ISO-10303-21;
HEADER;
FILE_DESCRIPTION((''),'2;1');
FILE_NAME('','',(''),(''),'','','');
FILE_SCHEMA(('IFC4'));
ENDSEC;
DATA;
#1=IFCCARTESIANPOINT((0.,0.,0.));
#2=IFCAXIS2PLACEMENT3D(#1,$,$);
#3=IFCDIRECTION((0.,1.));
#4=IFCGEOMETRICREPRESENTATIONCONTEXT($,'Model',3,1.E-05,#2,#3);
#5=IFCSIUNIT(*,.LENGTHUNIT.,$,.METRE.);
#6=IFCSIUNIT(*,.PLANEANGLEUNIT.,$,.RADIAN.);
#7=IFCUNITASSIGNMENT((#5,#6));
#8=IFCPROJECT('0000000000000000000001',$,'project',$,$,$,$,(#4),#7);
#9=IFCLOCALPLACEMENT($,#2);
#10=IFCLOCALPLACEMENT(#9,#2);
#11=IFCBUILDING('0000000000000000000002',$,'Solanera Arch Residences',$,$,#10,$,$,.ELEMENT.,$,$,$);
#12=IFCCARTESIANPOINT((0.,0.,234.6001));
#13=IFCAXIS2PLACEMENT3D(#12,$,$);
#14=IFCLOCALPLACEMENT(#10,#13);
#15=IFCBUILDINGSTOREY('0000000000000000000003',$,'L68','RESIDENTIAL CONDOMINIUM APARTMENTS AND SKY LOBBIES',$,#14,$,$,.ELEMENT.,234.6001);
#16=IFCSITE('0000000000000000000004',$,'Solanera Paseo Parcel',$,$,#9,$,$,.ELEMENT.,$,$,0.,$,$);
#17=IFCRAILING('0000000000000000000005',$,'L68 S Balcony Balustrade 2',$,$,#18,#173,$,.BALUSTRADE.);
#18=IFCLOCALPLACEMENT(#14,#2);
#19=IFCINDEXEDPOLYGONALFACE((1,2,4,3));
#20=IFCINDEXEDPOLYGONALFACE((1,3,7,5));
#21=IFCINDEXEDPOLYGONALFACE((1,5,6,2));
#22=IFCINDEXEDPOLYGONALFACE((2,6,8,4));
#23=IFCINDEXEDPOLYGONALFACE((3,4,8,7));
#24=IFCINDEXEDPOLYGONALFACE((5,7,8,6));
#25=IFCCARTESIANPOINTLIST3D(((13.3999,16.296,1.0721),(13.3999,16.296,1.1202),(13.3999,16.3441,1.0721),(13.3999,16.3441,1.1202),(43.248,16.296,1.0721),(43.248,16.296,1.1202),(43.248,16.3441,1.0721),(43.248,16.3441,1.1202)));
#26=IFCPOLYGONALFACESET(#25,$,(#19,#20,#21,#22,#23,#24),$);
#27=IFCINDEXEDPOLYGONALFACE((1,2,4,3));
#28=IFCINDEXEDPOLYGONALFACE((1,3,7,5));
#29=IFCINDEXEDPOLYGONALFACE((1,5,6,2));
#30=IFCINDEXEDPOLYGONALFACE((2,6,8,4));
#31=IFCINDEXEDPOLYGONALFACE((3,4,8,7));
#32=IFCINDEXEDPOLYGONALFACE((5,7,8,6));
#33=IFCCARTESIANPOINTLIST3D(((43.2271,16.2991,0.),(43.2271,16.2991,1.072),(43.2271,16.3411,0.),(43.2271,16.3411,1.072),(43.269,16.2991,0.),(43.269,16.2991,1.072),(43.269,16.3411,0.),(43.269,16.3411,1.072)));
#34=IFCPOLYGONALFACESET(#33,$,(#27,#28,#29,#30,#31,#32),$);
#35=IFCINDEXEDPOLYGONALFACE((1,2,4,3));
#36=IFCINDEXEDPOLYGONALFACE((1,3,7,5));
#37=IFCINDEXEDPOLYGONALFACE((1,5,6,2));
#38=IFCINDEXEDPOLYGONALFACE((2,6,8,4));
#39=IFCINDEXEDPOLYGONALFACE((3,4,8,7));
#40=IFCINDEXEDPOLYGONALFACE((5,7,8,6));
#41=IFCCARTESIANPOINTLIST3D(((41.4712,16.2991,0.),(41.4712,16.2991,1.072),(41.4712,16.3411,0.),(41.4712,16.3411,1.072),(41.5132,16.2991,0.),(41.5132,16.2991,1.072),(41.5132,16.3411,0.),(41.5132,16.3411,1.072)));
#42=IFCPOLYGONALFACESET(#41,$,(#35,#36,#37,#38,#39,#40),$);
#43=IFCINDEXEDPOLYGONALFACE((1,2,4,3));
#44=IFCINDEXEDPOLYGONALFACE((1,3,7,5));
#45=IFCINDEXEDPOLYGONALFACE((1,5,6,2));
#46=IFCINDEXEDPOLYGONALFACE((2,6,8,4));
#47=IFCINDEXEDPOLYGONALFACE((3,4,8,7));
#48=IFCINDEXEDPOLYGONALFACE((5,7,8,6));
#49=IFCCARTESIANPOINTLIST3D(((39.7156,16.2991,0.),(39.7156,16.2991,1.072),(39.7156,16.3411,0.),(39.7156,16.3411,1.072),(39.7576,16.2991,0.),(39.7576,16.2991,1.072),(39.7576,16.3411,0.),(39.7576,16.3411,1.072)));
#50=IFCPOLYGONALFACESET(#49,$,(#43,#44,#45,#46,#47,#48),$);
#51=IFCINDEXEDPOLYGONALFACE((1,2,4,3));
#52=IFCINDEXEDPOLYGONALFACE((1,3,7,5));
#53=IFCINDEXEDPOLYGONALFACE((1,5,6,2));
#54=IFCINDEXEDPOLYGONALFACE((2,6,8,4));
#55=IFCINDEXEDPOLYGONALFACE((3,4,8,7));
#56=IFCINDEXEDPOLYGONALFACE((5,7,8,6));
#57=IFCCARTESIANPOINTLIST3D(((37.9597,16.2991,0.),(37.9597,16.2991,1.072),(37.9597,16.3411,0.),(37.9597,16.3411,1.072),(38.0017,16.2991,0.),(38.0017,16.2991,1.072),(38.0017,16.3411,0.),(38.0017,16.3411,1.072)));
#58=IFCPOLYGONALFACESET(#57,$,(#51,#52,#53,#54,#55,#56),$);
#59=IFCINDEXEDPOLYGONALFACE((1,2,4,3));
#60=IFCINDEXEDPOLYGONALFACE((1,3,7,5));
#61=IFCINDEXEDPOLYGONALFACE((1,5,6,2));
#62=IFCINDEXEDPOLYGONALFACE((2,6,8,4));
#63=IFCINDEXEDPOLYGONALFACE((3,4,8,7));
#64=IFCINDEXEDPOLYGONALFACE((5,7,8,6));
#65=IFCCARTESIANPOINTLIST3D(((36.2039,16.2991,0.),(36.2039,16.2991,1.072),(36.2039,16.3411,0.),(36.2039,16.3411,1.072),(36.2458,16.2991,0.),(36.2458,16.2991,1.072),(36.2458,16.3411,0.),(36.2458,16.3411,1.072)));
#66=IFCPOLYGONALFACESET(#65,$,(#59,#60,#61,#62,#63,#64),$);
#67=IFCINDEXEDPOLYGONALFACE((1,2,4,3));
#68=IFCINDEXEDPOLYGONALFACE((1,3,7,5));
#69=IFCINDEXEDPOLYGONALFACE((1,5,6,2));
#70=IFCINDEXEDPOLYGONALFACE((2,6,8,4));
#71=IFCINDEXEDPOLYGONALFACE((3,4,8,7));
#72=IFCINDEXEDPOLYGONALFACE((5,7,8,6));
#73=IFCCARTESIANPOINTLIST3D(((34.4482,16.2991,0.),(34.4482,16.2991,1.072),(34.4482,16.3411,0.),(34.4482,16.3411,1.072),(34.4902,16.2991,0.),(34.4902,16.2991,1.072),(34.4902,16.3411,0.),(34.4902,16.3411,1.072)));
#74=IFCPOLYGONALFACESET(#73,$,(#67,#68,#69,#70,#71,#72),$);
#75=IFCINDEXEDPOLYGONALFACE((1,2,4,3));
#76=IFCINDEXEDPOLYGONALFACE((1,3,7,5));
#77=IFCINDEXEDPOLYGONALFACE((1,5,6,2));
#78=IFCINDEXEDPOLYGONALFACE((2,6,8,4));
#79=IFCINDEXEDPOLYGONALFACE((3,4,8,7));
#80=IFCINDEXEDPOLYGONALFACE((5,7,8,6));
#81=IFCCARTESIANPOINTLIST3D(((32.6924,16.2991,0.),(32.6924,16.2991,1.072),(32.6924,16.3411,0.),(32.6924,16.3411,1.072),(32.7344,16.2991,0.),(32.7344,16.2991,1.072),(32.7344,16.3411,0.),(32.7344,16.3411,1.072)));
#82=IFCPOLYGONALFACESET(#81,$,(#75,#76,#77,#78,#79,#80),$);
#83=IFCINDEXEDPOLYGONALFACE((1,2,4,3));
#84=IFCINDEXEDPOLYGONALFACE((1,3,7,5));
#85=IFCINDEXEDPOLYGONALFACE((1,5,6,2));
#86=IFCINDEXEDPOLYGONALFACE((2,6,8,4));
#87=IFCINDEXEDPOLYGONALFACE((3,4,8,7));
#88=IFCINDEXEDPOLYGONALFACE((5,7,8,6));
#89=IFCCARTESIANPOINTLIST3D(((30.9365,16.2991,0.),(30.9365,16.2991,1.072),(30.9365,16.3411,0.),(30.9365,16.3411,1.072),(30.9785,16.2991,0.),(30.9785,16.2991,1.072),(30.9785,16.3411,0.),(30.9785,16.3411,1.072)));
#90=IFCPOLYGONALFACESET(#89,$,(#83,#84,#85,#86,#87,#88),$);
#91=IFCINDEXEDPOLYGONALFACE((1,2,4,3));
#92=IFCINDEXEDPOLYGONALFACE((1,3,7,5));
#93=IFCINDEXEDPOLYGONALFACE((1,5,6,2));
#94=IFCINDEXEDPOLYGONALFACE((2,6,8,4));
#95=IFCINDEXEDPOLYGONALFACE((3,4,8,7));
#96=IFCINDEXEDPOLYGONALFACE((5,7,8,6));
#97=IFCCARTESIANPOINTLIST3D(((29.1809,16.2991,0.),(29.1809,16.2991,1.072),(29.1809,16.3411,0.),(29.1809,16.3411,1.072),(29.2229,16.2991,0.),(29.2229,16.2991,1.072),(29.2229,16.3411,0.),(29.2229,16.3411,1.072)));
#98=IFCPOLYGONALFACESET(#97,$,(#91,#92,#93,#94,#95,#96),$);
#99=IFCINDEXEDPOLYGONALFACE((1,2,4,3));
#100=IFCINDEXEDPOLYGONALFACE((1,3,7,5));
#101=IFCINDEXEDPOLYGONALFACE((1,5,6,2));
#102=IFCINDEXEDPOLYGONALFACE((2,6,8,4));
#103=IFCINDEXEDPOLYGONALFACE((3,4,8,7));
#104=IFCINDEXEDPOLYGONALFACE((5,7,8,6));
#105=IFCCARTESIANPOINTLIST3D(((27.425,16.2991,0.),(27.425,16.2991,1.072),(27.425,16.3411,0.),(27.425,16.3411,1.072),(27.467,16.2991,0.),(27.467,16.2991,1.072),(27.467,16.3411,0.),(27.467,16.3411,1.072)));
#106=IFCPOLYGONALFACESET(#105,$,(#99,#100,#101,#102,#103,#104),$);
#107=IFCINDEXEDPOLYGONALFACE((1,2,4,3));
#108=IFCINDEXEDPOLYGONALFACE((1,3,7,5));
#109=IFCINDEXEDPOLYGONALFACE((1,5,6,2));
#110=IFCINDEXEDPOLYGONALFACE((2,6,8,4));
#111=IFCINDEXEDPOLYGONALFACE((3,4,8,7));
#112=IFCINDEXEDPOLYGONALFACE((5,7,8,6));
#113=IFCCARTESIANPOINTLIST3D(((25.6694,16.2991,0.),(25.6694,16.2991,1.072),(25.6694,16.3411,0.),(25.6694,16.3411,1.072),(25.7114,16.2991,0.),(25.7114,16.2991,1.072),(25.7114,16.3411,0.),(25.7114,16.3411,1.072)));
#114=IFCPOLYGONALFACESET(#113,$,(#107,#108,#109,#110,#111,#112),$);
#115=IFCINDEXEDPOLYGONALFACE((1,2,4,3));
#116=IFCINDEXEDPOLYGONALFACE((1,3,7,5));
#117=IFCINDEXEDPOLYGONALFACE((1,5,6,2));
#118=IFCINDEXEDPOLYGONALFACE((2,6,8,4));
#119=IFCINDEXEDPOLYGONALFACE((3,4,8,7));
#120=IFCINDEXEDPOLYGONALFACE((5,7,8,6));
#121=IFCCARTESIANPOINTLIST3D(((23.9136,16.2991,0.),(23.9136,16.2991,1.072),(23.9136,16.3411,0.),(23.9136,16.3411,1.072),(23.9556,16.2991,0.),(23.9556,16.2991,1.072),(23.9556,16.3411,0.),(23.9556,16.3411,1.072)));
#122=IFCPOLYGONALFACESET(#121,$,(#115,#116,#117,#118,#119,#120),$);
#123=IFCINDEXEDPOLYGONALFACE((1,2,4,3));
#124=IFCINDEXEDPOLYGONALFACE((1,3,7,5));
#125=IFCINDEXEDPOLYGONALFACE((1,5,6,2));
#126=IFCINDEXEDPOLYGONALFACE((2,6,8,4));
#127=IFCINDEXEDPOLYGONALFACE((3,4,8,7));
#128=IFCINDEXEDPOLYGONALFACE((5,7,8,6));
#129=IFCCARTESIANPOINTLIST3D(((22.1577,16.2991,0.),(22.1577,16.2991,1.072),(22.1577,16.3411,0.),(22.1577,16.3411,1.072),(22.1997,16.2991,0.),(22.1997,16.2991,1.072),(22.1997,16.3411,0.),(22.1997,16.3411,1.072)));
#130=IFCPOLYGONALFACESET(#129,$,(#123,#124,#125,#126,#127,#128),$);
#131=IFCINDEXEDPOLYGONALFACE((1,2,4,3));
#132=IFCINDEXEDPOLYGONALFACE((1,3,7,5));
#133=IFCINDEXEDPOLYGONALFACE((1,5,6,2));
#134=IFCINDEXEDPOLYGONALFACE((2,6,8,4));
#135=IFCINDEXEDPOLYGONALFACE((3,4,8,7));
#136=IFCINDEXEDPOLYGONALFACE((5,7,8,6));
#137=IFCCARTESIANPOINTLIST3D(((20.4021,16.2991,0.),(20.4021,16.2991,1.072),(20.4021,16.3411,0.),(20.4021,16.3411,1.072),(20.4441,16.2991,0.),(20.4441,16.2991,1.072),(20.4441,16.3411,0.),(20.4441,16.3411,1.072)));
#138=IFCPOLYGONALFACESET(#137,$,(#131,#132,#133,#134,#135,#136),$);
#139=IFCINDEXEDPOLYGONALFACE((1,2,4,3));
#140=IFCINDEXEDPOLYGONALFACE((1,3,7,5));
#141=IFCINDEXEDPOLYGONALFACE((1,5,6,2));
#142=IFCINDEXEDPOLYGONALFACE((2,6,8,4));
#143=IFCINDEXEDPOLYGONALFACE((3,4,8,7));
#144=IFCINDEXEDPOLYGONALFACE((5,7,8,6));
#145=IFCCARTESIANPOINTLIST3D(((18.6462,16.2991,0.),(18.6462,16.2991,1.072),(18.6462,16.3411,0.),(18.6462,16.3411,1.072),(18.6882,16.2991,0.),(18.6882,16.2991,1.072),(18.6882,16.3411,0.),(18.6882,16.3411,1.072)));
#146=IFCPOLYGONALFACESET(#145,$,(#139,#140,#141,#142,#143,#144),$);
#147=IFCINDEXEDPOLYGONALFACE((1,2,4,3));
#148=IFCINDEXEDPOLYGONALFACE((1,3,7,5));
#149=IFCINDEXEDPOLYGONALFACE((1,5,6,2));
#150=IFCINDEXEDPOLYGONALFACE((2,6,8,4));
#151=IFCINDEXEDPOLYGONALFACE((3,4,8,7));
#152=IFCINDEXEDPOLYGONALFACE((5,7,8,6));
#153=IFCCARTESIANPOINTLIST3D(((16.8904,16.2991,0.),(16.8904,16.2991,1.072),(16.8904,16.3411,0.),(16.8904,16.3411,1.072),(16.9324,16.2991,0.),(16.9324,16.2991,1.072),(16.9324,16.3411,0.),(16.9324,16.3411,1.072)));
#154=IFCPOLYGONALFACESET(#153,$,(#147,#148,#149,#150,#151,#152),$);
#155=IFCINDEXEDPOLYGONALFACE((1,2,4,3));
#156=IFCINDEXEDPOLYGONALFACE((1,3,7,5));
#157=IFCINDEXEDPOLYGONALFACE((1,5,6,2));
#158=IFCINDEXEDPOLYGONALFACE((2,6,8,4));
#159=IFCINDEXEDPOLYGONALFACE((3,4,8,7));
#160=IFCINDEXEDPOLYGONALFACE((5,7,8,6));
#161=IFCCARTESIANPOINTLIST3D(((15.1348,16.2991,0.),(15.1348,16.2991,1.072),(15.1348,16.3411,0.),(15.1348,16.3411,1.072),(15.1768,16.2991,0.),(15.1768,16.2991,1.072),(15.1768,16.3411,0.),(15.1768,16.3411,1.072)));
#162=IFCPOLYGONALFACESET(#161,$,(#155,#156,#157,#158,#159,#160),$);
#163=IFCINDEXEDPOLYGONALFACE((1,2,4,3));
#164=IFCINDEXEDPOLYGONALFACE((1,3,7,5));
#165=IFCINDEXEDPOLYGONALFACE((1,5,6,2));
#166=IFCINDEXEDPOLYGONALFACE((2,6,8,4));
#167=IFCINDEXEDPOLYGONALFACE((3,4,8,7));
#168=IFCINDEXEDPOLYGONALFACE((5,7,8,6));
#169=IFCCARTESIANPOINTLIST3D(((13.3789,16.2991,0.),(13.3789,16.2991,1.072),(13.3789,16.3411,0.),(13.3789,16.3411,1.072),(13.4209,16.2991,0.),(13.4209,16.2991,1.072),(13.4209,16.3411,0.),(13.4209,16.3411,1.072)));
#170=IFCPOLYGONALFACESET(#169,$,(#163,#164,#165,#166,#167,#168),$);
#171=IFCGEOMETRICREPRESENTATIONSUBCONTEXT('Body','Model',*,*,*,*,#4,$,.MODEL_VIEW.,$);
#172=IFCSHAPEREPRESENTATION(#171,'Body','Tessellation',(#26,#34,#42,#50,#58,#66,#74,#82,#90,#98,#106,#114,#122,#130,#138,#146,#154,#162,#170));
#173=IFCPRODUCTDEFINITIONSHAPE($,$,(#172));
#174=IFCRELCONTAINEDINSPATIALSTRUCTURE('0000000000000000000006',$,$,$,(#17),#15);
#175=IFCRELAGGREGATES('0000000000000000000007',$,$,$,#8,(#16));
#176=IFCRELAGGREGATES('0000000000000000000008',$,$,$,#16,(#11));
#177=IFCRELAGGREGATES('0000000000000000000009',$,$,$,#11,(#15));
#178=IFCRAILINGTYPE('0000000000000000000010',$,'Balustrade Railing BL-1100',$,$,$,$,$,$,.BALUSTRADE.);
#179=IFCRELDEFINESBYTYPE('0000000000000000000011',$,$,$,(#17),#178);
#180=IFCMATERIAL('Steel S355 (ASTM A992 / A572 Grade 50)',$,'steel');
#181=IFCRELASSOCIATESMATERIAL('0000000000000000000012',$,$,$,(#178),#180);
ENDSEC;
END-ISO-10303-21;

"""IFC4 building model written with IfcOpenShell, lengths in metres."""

from ifc_helpers import new_model, si_unit, direction, frame, origin, origin_2d, place, context, subcontext, project, spatial, rectangle, extrude, material, type_object, element, save


model = new_model("IFC4")

# Units and contexts
model_context = context("Model", 3, precision=1e-05, world=origin(), true_north=direction((0.0, 1.0)))
body_context = subcontext(model_context, "Body", "Model", "MODEL_VIEW")
ifc_project = project(units=[si_unit("LENGTHUNIT", "METRE"), si_unit("PLANEANGLEUNIT", "RADIAN")], contexts=[model_context])

# Site, building, storey
site_placement = place(None, origin())
site = spatial("IfcSite", under=ifc_project, at=site_placement, Name="Solanera Paseo Parcel", CompositionType="ELEMENT", RefElevation=0.0)
building_placement = place(site_placement, origin())
building = spatial("IfcBuilding", under=site, at=building_placement, Name="Solanera Arch Residences", CompositionType="ELEMENT")
storey_placement = place(building_placement, frame((0.0, 0.0, 234.6001)))
storey = spatial("IfcBuildingStorey", under=building, at=storey_placement, Name="L68", Description="RESIDENTIAL CONDOMINIUM APARTMENTS AND SKY LOBBIES", CompositionType="ELEMENT", Elevation=234.6001)

# Railing
ifc_material_1 = material(Name="Steel S355 (ASTM A992 / A572 Grade 50)", Category="steel")
railing_type = type_object("IfcRailingType", Name="Balustrade Railing BL-1100", PredefinedType="BALUSTRADE", material=ifc_material_1)
railing_1_placement = place(storey_placement, frame((43.248, 16.3201, 0.0)))
element("IfcRailing", 1, at=railing_1_placement, inside=storey, type_object=railing_type, Name="L68 S Balcony Balustrade 2", PredefinedType="BALUSTRADE", context=body_context, shape_type="SweptSolid", body=[
    extrude(rectangle(XDim=0.0481, YDim=0.0481, at=origin_2d()), frame((0.0, 0.0, 1.0962), z_axis=(-1.0, 0.0, 0.0), x_axis=(0.0, -1.0, 0.0)), (0.0, 0.0, 1.0), 29.8481),
    extrude(rectangle(XDim=0.042, YDim=0.042, at=origin_2d()), origin(), (0.0, 0.0, 1.0), 1.072),
    extrude(rectangle(XDim=0.042, YDim=0.042, at=origin_2d()), frame((-1.7559, 0.0, 0.0)), (0.0, 0.0, 1.0), 1.072),
    extrude(rectangle(XDim=0.042, YDim=0.042, at=origin_2d()), frame((-3.5115, 0.0, 0.0)), (0.0, 0.0, 1.0), 1.072),
    extrude(rectangle(XDim=0.042, YDim=0.042, at=origin_2d()), frame((-5.2673, 0.0, 0.0)), (0.0, 0.0, 1.0), 1.072),
    extrude(rectangle(XDim=0.042, YDim=0.042, at=origin_2d()), frame((-7.0232, 0.0, 0.0)), (0.0, 0.0, 1.0), 1.072),
    extrude(rectangle(XDim=0.042, YDim=0.042, at=origin_2d()), frame((-8.7788, 0.0, 0.0)), (0.0, 0.0, 1.0), 1.072),
    extrude(rectangle(XDim=0.042, YDim=0.042, at=origin_2d()), frame((-10.5347, 0.0, 0.0)), (0.0, 0.0, 1.0), 1.072),
    extrude(rectangle(XDim=0.042, YDim=0.042, at=origin_2d()), frame((-12.2905, 0.0, 0.0)), (0.0, 0.0, 1.0), 1.072),
    extrude(rectangle(XDim=0.042, YDim=0.042, at=origin_2d()), frame((-14.0461, 0.0, 0.0)), (0.0, 0.0, 1.0), 1.072),
    extrude(rectangle(XDim=0.042, YDim=0.042, at=origin_2d()), frame((-15.802, 0.0, 0.0)), (0.0, 0.0, 1.0), 1.072),
    extrude(rectangle(XDim=0.042, YDim=0.042, at=origin_2d()), frame((-17.5576, 0.0, 0.0)), (0.0, 0.0, 1.0), 1.072),
    extrude(rectangle(XDim=0.042, YDim=0.042, at=origin_2d()), frame((-19.3135, 0.0, 0.0)), (0.0, 0.0, 1.0), 1.072),
    extrude(rectangle(XDim=0.042, YDim=0.042, at=origin_2d()), frame((-21.0693, 0.0, 0.0)), (0.0, 0.0, 1.0), 1.072),
    extrude(rectangle(XDim=0.042, YDim=0.042, at=origin_2d()), frame((-22.825, 0.0, 0.0)), (0.0, 0.0, 1.0), 1.072),
    extrude(rectangle(XDim=0.042, YDim=0.042, at=origin_2d()), frame((-24.5808, 0.0, 0.0)), (0.0, 0.0, 1.0), 1.072),
    extrude(rectangle(XDim=0.042, YDim=0.042, at=origin_2d()), frame((-26.3367, 0.0, 0.0)), (0.0, 0.0, 1.0), 1.072),
    extrude(rectangle(XDim=0.042, YDim=0.042, at=origin_2d()), frame((-28.0923, 0.0, 0.0)), (0.0, 0.0, 1.0), 1.072),
    extrude(rectangle(XDim=0.042, YDim=0.042, at=origin_2d()), frame((-29.8481, 0.0, 0.0)), (0.0, 0.0, 1.0), 1.072),
])

save(model, "model.ifc")
